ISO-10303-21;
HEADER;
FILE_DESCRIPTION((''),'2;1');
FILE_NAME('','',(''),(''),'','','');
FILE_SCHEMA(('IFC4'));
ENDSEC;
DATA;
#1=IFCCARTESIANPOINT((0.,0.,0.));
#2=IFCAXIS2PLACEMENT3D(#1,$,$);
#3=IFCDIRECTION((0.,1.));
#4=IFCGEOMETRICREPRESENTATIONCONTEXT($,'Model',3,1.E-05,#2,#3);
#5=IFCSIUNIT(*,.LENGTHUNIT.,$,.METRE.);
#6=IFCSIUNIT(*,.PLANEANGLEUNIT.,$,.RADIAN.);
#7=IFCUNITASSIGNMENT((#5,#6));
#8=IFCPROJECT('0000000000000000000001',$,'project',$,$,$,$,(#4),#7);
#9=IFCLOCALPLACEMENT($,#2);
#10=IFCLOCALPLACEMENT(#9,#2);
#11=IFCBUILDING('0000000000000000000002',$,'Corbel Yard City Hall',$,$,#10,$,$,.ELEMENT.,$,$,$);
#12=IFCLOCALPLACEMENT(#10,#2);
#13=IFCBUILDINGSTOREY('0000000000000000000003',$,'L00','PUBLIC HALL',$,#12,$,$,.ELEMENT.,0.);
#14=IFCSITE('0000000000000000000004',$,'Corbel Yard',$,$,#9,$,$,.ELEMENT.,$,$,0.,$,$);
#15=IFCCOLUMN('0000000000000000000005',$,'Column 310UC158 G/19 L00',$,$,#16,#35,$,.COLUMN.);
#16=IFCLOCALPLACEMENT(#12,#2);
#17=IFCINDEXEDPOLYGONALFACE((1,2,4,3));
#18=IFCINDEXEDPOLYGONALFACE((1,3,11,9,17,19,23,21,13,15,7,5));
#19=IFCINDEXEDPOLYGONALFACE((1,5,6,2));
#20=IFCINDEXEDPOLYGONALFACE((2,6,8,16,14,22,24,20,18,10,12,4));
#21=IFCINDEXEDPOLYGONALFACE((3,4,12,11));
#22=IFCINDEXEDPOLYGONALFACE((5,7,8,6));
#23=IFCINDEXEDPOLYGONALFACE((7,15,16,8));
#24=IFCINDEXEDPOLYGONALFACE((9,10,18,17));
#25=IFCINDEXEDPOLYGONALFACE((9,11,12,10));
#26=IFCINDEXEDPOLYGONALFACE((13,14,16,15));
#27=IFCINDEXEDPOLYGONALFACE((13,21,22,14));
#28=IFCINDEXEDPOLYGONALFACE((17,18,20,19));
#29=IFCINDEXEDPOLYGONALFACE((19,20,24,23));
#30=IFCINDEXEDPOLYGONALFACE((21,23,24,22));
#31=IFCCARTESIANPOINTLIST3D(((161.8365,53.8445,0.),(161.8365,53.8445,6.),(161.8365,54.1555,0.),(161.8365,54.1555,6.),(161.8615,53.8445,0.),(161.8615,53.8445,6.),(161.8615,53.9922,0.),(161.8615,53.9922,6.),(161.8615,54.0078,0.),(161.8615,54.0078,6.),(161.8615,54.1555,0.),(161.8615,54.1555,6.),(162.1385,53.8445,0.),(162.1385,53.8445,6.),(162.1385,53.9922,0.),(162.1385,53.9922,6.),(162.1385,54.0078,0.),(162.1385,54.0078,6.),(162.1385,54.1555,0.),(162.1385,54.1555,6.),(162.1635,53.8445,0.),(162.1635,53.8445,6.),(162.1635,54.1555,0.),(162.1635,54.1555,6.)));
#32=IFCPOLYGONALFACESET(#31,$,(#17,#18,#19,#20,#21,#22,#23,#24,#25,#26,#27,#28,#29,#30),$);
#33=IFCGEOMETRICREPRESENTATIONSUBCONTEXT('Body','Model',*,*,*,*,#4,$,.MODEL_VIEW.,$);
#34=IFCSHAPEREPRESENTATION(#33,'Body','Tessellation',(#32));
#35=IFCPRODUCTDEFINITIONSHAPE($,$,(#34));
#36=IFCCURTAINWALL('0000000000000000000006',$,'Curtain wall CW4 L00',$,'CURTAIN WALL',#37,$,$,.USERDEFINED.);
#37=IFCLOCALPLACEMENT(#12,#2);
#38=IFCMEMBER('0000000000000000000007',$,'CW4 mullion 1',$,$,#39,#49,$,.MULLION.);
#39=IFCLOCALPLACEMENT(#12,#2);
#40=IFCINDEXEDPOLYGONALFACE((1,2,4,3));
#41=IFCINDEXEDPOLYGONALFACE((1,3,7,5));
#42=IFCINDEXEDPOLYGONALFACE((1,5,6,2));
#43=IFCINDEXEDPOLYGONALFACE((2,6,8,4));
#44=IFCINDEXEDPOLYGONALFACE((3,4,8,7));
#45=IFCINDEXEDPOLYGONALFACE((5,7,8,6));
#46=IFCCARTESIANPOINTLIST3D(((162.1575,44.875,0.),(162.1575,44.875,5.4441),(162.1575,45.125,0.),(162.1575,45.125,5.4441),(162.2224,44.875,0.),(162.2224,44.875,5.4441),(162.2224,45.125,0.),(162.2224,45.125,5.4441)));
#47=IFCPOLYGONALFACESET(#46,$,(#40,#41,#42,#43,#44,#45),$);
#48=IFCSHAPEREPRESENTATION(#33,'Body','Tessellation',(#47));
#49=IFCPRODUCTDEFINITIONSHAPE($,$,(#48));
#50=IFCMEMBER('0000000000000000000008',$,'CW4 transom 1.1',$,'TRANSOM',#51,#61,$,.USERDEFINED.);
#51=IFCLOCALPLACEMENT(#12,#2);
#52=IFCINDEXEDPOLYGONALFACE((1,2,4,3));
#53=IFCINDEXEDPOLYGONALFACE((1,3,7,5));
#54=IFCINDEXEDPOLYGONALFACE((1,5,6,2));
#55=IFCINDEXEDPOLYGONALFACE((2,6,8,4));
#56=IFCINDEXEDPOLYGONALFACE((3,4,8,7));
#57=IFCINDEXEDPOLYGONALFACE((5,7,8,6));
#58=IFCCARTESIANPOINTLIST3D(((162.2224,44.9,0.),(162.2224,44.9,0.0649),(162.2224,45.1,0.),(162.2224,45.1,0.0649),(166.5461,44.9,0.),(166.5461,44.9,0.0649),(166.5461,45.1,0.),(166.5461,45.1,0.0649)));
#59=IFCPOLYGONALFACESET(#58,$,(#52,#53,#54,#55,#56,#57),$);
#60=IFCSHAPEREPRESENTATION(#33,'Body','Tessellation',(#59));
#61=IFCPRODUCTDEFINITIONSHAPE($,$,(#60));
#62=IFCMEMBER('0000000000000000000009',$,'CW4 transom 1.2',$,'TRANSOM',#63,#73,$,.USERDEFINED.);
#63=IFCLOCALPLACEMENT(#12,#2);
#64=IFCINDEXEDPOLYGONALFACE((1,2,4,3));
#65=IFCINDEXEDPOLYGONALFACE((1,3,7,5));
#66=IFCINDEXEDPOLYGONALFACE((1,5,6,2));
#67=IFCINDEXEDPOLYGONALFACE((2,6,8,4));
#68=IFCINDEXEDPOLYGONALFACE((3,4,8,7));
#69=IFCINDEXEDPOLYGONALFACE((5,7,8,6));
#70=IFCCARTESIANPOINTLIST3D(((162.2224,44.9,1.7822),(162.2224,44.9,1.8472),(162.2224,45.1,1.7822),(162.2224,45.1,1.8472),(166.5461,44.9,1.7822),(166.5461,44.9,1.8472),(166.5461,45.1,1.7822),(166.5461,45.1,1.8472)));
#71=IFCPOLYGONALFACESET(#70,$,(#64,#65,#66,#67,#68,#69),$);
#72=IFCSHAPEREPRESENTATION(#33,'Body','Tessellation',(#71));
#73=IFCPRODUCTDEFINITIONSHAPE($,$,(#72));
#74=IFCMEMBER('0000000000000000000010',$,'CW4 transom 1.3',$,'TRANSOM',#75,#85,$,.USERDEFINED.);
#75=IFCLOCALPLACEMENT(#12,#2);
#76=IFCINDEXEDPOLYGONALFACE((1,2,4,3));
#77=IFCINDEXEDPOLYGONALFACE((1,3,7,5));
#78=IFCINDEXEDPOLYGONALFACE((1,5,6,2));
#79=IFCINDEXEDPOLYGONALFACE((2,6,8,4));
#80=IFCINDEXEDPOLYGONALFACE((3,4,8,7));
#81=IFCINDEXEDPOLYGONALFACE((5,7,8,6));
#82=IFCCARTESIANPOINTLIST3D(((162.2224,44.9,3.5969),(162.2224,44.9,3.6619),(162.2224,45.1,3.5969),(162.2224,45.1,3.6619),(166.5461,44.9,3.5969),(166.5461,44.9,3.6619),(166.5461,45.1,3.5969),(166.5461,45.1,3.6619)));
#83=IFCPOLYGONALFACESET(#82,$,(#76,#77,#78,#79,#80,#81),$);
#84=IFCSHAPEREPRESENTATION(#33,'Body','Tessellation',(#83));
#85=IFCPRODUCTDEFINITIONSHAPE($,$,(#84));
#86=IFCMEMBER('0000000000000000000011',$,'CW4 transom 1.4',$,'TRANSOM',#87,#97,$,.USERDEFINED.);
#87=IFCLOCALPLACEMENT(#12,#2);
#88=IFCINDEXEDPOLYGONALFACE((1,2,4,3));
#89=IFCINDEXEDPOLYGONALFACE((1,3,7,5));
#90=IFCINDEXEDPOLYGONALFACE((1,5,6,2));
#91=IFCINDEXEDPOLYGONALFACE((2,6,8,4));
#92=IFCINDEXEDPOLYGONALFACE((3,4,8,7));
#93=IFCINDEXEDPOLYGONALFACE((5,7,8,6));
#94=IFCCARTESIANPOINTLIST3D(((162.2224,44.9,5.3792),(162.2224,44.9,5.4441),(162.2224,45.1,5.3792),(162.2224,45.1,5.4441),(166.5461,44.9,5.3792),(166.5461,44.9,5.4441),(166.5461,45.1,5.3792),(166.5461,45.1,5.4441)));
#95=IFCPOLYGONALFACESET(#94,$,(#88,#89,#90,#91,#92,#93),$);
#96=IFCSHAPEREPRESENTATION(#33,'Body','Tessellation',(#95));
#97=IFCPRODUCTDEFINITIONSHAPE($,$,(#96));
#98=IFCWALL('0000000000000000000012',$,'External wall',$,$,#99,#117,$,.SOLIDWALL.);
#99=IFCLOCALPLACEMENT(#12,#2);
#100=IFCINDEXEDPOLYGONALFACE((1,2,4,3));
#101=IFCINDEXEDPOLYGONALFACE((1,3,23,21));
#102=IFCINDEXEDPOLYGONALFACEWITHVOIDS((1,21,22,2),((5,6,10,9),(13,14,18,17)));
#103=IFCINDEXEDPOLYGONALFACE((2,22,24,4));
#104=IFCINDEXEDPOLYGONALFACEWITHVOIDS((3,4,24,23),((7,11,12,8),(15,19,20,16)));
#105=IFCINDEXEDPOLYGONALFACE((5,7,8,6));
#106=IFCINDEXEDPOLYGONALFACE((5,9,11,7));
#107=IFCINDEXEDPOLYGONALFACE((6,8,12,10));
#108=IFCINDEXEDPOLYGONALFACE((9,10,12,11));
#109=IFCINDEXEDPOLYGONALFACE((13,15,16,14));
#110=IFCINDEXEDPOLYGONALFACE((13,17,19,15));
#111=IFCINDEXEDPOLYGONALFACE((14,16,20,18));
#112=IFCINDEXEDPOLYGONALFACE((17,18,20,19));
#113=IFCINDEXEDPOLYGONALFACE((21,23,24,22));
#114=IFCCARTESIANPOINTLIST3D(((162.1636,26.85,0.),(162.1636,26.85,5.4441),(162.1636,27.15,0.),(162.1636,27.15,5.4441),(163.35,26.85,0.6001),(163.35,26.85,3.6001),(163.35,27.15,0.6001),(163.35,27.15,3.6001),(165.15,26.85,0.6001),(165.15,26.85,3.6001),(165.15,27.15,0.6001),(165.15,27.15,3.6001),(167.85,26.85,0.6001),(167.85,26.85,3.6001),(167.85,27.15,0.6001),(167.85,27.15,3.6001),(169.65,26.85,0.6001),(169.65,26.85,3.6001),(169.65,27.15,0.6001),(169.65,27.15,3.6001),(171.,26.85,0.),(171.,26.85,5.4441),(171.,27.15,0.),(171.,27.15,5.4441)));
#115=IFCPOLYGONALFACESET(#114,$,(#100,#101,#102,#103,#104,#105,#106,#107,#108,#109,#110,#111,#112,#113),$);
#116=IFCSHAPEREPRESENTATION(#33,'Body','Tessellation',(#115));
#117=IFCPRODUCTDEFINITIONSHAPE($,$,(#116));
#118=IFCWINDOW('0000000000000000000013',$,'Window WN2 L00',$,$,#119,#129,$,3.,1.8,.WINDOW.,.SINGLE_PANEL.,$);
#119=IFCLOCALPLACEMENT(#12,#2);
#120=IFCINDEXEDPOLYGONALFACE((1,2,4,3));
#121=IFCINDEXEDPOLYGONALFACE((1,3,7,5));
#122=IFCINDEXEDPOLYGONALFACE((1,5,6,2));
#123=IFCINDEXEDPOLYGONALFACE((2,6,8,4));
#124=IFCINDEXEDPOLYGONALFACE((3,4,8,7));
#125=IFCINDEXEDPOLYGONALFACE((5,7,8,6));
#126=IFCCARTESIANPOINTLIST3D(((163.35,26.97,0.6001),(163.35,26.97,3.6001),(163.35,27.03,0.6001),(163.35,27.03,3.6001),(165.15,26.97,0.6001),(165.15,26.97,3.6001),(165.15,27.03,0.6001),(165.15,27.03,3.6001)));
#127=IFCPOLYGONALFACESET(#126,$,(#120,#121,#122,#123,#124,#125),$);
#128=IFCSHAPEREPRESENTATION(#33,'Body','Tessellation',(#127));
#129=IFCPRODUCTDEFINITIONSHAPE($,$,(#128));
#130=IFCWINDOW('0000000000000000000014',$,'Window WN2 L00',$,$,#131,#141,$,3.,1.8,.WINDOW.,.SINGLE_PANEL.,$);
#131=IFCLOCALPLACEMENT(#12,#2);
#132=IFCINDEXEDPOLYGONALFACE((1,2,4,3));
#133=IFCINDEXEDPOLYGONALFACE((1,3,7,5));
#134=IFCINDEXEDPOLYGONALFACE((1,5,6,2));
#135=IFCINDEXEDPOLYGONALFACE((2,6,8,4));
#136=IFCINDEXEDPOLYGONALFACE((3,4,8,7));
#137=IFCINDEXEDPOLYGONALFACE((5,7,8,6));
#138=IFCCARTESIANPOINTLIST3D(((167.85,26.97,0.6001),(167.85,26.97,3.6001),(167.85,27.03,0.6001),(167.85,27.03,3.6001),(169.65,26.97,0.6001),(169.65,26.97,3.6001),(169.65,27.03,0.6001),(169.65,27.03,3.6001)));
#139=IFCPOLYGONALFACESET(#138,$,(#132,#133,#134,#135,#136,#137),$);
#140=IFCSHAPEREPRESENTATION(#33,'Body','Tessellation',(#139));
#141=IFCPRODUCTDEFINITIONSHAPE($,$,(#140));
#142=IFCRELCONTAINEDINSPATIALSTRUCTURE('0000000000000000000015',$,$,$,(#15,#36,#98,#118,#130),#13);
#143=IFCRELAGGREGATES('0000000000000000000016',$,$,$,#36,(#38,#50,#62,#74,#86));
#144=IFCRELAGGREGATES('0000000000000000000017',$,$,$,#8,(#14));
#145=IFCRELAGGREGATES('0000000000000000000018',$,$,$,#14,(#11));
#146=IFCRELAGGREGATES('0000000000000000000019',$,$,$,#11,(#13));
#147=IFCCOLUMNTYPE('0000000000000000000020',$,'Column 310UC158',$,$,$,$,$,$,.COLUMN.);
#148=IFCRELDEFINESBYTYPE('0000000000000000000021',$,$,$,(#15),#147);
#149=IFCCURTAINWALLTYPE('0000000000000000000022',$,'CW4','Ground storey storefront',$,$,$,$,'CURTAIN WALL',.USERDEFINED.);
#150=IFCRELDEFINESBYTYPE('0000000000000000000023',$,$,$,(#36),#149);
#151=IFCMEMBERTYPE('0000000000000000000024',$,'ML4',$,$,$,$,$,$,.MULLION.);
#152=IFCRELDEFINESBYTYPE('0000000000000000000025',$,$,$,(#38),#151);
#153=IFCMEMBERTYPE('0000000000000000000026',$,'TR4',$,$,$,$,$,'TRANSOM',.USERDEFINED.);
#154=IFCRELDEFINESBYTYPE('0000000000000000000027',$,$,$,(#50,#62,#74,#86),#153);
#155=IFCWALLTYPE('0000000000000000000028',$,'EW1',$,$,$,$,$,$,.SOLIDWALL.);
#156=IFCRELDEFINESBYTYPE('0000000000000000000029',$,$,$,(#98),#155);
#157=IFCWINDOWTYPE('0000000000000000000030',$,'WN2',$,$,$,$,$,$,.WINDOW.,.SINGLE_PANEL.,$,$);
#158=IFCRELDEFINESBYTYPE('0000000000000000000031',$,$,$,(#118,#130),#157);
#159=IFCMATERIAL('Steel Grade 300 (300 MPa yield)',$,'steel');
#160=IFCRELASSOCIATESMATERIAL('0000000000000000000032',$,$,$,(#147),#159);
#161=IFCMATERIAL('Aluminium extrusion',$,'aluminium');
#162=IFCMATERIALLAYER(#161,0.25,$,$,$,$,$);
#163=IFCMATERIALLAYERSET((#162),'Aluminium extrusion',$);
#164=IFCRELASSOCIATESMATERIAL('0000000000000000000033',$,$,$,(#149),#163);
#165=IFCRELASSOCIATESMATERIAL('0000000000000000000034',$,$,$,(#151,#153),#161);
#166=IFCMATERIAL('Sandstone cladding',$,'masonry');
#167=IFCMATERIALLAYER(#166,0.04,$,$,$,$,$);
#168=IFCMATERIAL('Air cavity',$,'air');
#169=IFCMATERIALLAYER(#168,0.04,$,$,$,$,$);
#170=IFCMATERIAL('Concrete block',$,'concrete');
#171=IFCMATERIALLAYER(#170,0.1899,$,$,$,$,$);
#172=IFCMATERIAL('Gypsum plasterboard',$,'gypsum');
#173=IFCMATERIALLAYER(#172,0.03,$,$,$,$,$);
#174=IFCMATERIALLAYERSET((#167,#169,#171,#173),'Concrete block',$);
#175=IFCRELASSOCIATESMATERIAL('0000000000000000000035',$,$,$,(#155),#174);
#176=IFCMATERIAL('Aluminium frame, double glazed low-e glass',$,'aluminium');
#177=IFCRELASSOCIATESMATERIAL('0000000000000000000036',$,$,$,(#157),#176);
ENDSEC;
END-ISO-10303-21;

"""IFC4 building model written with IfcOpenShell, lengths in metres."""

from ifc_helpers import new_model, si_unit, direction, frame, frame_2d, origin, origin_2d, place, context, subcontext, project, spatial, rectangle, i_section, extrude, material, layer, layer_set, material_profile, profile_set, type_object, element, fill, aggregate, save


model = new_model("IFC4")

# Units and contexts
model_context = context("Model", 3, precision=1e-05, world=origin(), true_north=direction((0.0, 1.0)))
body_context = subcontext(model_context, "Body", "Model", "MODEL_VIEW")
ifc_project = project(units=[si_unit("LENGTHUNIT", "METRE"), si_unit("PLANEANGLEUNIT", "RADIAN")], contexts=[model_context])

# Site, building, storey
site_placement = place(None, origin())
site = spatial("IfcSite", under=ifc_project, at=site_placement, Name="Corbel Yard", CompositionType="ELEMENT", RefElevation=0.0)
building_placement = place(site_placement, origin())
building = spatial("IfcBuilding", under=site, at=building_placement, Name="Corbel Yard City Hall", CompositionType="ELEMENT")
storey_placement = place(building_placement, origin())
storey = spatial("IfcBuildingStorey", under=building, at=storey_placement, Name="L00", Description="PUBLIC HALL", CompositionType="ELEMENT", Elevation=0.0)

# Column
ifc_material_1 = material(Name="Steel Grade 300 (300 MPa yield)", Category="steel")
ifc_material_profile_1 = material_profile(ifc_material_1, i_section(OverallWidth=0.311, OverallDepth=0.3269, WebThickness=0.0156, FlangeThickness=0.0249, at=origin_2d()), Name="310UC158")
ifc_profile_set_1 = profile_set([ifc_material_profile_1], Name="Steel Grade 300 (300 MPa yield)")
column_type_1 = type_object("IfcColumnType", Name="Column 310UC158", PredefinedType="COLUMN", material=ifc_profile_set_1)
column_1_placement = place(storey_placement, frame((162.0, 54.0, 0.0), z_axis=(0.0, 0.0, 1.0), x_axis=(0.0, 1.0, 0.0)))
element("IfcColumn", 1, at=column_1_placement, inside=storey, type_object=column_type_1, Name="Column 310UC158 G/19 L00", PredefinedType="COLUMN", context=body_context, shape_type="SweptSolid", body=[
    extrude(i_section(OverallWidth=0.311, OverallDepth=0.3269, WebThickness=0.0156, FlangeThickness=0.0249, at=origin_2d()), origin(), (0.0, 0.0, 1.0), 6.0),
])

# Curtain wall, members
ifc_material_2 = material(Name="Aluminium extrusion", Category="aluminium")
ifc_layer_1 = layer(ifc_material_2, 0.25)
ifc_layer_set_1 = layer_set([ifc_layer_1], Name="Aluminium extrusion")
curtain_wall_type = type_object("IfcCurtainWallType", Name="CW4", Description="Ground storey storefront", ElementType="CURTAIN WALL", PredefinedType="USERDEFINED", material=ifc_layer_set_1)
curtain_wall_placement = place(storey_placement, origin())
curtain_wall = element("IfcCurtainWall", 2, at=curtain_wall_placement, inside=storey, type_object=curtain_wall_type, Name="Curtain wall CW4 L00", ObjectType="CURTAIN WALL", PredefinedType="USERDEFINED")
ifc_material_profile_2 = material_profile(ifc_material_2, rectangle(XDim=0.25, YDim=0.0649, at=origin_2d()), Name="250x65")
ifc_profile_set_2 = profile_set([ifc_material_profile_2], Name="Aluminium extrusion")
member_type_1 = type_object("IfcMemberType", Name="ML4", PredefinedType="MULLION", material=ifc_profile_set_2)
member_1_placement = place(storey_placement, frame((162.1899, 45.0, 0.0), z_axis=(0.0, 0.0, 1.0), x_axis=(0.0, 1.0, 0.0)))
member_1 = element("IfcMember", 3, at=member_1_placement, type_object=member_type_1, Name="CW4 mullion 1", PredefinedType="MULLION", context=body_context, shape_type="SweptSolid", body=[
    extrude(rectangle(XDim=0.25, YDim=0.0649, at=origin_2d()), origin(), (0.0, 0.0, 1.0), 5.4441),
])
ifc_material_profile_3 = material_profile(ifc_material_2, rectangle(XDim=0.2, YDim=0.0649, at=origin_2d()), Name="200x65")
ifc_profile_set_3 = profile_set([ifc_material_profile_3], Name="Aluminium extrusion")
member_type_2 = type_object("IfcMemberType", Name="TR4", ElementType="TRANSOM", PredefinedType="USERDEFINED", material=ifc_profile_set_3)
member_2_placement = place(storey_placement, frame((162.2224, 45.0, 0.0325), z_axis=(1.0, 0.0, 0.0), x_axis=(0.0, 1.0, 0.0)))
member_2 = element("IfcMember", 4, at=member_2_placement, type_object=member_type_2, Name="CW4 transom 1.1", ObjectType="TRANSOM", PredefinedType="USERDEFINED", context=body_context, shape_type="SweptSolid", body=[
    extrude(rectangle(XDim=0.2, YDim=0.0649, at=origin_2d()), origin(), (0.0, 0.0, 1.0), 4.3237),
])
member_3_placement = place(storey_placement, frame((162.2224, 45.0, 1.8147), z_axis=(1.0, 0.0, 0.0), x_axis=(0.0, 1.0, 0.0)))
member_3 = element("IfcMember", 5, at=member_3_placement, type_object=member_type_2, Name="CW4 transom 1.2", ObjectType="TRANSOM", PredefinedType="USERDEFINED", context=body_context, shape_type="SweptSolid", body=[
    extrude(rectangle(XDim=0.2, YDim=0.0649, at=origin_2d()), origin(), (0.0, 0.0, 1.0), 4.3237),
])
member_4_placement = place(storey_placement, frame((162.2224, 45.0, 3.6294), z_axis=(1.0, 0.0, 0.0), x_axis=(0.0, 1.0, 0.0)))
member_4 = element("IfcMember", 6, at=member_4_placement, type_object=member_type_2, Name="CW4 transom 1.3", ObjectType="TRANSOM", PredefinedType="USERDEFINED", context=body_context, shape_type="SweptSolid", body=[
    extrude(rectangle(XDim=0.2, YDim=0.0649, at=origin_2d()), origin(), (0.0, 0.0, 1.0), 4.3237),
])
member_5_placement = place(storey_placement, frame((162.2224, 45.0, 5.4116), z_axis=(1.0, 0.0, 0.0), x_axis=(0.0, 1.0, 0.0)))
member_5 = element("IfcMember", 7, at=member_5_placement, type_object=member_type_2, Name="CW4 transom 1.4", ObjectType="TRANSOM", PredefinedType="USERDEFINED", context=body_context, shape_type="SweptSolid", body=[
    extrude(rectangle(XDim=0.2, YDim=0.0649, at=origin_2d()), origin(), (0.0, 0.0, 1.0), 4.3237),
])
aggregate(curtain_wall, [member_1, member_2, member_3, member_4, member_5])

# Wall, openings, windows
ifc_material_3 = material(Name="Sandstone cladding", Category="masonry")
ifc_layer_2 = layer(ifc_material_3, 0.04)
ifc_material_4 = material(Name="Air cavity", Category="air")
ifc_layer_3 = layer(ifc_material_4, 0.04)
ifc_material_5 = material(Name="Concrete block", Category="concrete")
ifc_layer_4 = layer(ifc_material_5, 0.1899)
ifc_material_6 = material(Name="Gypsum plasterboard", Category="gypsum")
ifc_layer_5 = layer(ifc_material_6, 0.03)
ifc_layer_set_2 = layer_set([ifc_layer_2, ifc_layer_3, ifc_layer_4, ifc_layer_5], Name="Concrete block")
wall_type_1 = type_object("IfcWallType", Name="EW1", PredefinedType="SOLIDWALL", material=ifc_layer_set_2)
wall_1_placement = place(storey_placement, frame((162.1636, 27.0, 0.0), z_axis=(0.0, 0.0, 1.0), x_axis=(1.0, 0.0, 0.0)))
wall_1 = element("IfcWall", 8, at=wall_1_placement, inside=storey, type_object=wall_type_1, Name="External wall", PredefinedType="SOLIDWALL", context=body_context, shape_type="SweptSolid", body=[
    extrude(rectangle(XDim=8.8364, YDim=0.3, at=frame_2d((4.4182, 0.0))), origin(), (0.0, 0.0, 1.0), 5.4441),
])
opening_1_placement = place(wall_1_placement, frame((1.1865, 0.0, 0.6001)))
opening_1 = element("IfcOpeningElement", 9, at=opening_1_placement, cuts=wall_1, PredefinedType="OPENING", context=body_context, shape_type="SweptSolid", body=[
    extrude(rectangle(XDim=1.8, YDim=3.0, at=frame_2d((0.8999, 1.5))), frame((0.0, 0.1599, 0.0), z_axis=(0.0, -1.0, 0.0), x_axis=(1.0, 0.0, 0.0)), (0.0, 0.0, 1.0), 0.3201),
])
opening_2_placement = place(wall_1_placement, frame((5.6865, 0.0, 0.6001)))
opening_2 = element("IfcOpeningElement", 10, at=opening_2_placement, cuts=wall_1, PredefinedType="OPENING", context=body_context, shape_type="SweptSolid", body=[
    extrude(rectangle(XDim=1.8, YDim=3.0, at=frame_2d((0.8999, 1.5))), frame((0.0, 0.1599, 0.0), z_axis=(0.0, -1.0, 0.0), x_axis=(1.0, 0.0, 0.0)), (0.0, 0.0, 1.0), 0.3201),
])
ifc_material_7 = material(Name="Aluminium frame, double glazed low-e glass", Category="aluminium")
window_type = type_object("IfcWindowType", Name="WN2", PartitioningType="SINGLE_PANEL", PredefinedType="WINDOW", material=ifc_material_7)
window_1_placement = place(opening_1_placement, origin())
window_1 = element("IfcWindow", 11, at=window_1_placement, inside=storey, type_object=window_type, Name="Window WN2 L00", OverallHeight=3.0, OverallWidth=1.8, PartitioningType="SINGLE_PANEL", PredefinedType="WINDOW", context=body_context, shape_type="SweptSolid", body=[
    extrude(rectangle(XDim=1.8, YDim=3.0, at=frame_2d((0.8999, 1.5))), frame((0.0, 0.03, 0.0), z_axis=(0.0, -1.0, 0.0), x_axis=(1.0, 0.0, 0.0)), (0.0, 0.0, 1.0), 0.0601),
])
fill(opening_1, window_1)
window_2_placement = place(opening_2_placement, origin())
window_2 = element("IfcWindow", 12, at=window_2_placement, inside=storey, type_object=window_type, Name="Window WN2 L00", OverallHeight=3.0, OverallWidth=1.8, PartitioningType="SINGLE_PANEL", PredefinedType="WINDOW", context=body_context, shape_type="SweptSolid", body=[
    extrude(rectangle(XDim=1.8, YDim=3.0, at=frame_2d((0.8999, 1.5))), frame((0.0, 0.03, 0.0), z_axis=(0.0, -1.0, 0.0), x_axis=(1.0, 0.0, 0.0)), (0.0, 0.0, 1.0), 0.0601),
])
fill(opening_2, window_2)

save(model, "model.ifc")
